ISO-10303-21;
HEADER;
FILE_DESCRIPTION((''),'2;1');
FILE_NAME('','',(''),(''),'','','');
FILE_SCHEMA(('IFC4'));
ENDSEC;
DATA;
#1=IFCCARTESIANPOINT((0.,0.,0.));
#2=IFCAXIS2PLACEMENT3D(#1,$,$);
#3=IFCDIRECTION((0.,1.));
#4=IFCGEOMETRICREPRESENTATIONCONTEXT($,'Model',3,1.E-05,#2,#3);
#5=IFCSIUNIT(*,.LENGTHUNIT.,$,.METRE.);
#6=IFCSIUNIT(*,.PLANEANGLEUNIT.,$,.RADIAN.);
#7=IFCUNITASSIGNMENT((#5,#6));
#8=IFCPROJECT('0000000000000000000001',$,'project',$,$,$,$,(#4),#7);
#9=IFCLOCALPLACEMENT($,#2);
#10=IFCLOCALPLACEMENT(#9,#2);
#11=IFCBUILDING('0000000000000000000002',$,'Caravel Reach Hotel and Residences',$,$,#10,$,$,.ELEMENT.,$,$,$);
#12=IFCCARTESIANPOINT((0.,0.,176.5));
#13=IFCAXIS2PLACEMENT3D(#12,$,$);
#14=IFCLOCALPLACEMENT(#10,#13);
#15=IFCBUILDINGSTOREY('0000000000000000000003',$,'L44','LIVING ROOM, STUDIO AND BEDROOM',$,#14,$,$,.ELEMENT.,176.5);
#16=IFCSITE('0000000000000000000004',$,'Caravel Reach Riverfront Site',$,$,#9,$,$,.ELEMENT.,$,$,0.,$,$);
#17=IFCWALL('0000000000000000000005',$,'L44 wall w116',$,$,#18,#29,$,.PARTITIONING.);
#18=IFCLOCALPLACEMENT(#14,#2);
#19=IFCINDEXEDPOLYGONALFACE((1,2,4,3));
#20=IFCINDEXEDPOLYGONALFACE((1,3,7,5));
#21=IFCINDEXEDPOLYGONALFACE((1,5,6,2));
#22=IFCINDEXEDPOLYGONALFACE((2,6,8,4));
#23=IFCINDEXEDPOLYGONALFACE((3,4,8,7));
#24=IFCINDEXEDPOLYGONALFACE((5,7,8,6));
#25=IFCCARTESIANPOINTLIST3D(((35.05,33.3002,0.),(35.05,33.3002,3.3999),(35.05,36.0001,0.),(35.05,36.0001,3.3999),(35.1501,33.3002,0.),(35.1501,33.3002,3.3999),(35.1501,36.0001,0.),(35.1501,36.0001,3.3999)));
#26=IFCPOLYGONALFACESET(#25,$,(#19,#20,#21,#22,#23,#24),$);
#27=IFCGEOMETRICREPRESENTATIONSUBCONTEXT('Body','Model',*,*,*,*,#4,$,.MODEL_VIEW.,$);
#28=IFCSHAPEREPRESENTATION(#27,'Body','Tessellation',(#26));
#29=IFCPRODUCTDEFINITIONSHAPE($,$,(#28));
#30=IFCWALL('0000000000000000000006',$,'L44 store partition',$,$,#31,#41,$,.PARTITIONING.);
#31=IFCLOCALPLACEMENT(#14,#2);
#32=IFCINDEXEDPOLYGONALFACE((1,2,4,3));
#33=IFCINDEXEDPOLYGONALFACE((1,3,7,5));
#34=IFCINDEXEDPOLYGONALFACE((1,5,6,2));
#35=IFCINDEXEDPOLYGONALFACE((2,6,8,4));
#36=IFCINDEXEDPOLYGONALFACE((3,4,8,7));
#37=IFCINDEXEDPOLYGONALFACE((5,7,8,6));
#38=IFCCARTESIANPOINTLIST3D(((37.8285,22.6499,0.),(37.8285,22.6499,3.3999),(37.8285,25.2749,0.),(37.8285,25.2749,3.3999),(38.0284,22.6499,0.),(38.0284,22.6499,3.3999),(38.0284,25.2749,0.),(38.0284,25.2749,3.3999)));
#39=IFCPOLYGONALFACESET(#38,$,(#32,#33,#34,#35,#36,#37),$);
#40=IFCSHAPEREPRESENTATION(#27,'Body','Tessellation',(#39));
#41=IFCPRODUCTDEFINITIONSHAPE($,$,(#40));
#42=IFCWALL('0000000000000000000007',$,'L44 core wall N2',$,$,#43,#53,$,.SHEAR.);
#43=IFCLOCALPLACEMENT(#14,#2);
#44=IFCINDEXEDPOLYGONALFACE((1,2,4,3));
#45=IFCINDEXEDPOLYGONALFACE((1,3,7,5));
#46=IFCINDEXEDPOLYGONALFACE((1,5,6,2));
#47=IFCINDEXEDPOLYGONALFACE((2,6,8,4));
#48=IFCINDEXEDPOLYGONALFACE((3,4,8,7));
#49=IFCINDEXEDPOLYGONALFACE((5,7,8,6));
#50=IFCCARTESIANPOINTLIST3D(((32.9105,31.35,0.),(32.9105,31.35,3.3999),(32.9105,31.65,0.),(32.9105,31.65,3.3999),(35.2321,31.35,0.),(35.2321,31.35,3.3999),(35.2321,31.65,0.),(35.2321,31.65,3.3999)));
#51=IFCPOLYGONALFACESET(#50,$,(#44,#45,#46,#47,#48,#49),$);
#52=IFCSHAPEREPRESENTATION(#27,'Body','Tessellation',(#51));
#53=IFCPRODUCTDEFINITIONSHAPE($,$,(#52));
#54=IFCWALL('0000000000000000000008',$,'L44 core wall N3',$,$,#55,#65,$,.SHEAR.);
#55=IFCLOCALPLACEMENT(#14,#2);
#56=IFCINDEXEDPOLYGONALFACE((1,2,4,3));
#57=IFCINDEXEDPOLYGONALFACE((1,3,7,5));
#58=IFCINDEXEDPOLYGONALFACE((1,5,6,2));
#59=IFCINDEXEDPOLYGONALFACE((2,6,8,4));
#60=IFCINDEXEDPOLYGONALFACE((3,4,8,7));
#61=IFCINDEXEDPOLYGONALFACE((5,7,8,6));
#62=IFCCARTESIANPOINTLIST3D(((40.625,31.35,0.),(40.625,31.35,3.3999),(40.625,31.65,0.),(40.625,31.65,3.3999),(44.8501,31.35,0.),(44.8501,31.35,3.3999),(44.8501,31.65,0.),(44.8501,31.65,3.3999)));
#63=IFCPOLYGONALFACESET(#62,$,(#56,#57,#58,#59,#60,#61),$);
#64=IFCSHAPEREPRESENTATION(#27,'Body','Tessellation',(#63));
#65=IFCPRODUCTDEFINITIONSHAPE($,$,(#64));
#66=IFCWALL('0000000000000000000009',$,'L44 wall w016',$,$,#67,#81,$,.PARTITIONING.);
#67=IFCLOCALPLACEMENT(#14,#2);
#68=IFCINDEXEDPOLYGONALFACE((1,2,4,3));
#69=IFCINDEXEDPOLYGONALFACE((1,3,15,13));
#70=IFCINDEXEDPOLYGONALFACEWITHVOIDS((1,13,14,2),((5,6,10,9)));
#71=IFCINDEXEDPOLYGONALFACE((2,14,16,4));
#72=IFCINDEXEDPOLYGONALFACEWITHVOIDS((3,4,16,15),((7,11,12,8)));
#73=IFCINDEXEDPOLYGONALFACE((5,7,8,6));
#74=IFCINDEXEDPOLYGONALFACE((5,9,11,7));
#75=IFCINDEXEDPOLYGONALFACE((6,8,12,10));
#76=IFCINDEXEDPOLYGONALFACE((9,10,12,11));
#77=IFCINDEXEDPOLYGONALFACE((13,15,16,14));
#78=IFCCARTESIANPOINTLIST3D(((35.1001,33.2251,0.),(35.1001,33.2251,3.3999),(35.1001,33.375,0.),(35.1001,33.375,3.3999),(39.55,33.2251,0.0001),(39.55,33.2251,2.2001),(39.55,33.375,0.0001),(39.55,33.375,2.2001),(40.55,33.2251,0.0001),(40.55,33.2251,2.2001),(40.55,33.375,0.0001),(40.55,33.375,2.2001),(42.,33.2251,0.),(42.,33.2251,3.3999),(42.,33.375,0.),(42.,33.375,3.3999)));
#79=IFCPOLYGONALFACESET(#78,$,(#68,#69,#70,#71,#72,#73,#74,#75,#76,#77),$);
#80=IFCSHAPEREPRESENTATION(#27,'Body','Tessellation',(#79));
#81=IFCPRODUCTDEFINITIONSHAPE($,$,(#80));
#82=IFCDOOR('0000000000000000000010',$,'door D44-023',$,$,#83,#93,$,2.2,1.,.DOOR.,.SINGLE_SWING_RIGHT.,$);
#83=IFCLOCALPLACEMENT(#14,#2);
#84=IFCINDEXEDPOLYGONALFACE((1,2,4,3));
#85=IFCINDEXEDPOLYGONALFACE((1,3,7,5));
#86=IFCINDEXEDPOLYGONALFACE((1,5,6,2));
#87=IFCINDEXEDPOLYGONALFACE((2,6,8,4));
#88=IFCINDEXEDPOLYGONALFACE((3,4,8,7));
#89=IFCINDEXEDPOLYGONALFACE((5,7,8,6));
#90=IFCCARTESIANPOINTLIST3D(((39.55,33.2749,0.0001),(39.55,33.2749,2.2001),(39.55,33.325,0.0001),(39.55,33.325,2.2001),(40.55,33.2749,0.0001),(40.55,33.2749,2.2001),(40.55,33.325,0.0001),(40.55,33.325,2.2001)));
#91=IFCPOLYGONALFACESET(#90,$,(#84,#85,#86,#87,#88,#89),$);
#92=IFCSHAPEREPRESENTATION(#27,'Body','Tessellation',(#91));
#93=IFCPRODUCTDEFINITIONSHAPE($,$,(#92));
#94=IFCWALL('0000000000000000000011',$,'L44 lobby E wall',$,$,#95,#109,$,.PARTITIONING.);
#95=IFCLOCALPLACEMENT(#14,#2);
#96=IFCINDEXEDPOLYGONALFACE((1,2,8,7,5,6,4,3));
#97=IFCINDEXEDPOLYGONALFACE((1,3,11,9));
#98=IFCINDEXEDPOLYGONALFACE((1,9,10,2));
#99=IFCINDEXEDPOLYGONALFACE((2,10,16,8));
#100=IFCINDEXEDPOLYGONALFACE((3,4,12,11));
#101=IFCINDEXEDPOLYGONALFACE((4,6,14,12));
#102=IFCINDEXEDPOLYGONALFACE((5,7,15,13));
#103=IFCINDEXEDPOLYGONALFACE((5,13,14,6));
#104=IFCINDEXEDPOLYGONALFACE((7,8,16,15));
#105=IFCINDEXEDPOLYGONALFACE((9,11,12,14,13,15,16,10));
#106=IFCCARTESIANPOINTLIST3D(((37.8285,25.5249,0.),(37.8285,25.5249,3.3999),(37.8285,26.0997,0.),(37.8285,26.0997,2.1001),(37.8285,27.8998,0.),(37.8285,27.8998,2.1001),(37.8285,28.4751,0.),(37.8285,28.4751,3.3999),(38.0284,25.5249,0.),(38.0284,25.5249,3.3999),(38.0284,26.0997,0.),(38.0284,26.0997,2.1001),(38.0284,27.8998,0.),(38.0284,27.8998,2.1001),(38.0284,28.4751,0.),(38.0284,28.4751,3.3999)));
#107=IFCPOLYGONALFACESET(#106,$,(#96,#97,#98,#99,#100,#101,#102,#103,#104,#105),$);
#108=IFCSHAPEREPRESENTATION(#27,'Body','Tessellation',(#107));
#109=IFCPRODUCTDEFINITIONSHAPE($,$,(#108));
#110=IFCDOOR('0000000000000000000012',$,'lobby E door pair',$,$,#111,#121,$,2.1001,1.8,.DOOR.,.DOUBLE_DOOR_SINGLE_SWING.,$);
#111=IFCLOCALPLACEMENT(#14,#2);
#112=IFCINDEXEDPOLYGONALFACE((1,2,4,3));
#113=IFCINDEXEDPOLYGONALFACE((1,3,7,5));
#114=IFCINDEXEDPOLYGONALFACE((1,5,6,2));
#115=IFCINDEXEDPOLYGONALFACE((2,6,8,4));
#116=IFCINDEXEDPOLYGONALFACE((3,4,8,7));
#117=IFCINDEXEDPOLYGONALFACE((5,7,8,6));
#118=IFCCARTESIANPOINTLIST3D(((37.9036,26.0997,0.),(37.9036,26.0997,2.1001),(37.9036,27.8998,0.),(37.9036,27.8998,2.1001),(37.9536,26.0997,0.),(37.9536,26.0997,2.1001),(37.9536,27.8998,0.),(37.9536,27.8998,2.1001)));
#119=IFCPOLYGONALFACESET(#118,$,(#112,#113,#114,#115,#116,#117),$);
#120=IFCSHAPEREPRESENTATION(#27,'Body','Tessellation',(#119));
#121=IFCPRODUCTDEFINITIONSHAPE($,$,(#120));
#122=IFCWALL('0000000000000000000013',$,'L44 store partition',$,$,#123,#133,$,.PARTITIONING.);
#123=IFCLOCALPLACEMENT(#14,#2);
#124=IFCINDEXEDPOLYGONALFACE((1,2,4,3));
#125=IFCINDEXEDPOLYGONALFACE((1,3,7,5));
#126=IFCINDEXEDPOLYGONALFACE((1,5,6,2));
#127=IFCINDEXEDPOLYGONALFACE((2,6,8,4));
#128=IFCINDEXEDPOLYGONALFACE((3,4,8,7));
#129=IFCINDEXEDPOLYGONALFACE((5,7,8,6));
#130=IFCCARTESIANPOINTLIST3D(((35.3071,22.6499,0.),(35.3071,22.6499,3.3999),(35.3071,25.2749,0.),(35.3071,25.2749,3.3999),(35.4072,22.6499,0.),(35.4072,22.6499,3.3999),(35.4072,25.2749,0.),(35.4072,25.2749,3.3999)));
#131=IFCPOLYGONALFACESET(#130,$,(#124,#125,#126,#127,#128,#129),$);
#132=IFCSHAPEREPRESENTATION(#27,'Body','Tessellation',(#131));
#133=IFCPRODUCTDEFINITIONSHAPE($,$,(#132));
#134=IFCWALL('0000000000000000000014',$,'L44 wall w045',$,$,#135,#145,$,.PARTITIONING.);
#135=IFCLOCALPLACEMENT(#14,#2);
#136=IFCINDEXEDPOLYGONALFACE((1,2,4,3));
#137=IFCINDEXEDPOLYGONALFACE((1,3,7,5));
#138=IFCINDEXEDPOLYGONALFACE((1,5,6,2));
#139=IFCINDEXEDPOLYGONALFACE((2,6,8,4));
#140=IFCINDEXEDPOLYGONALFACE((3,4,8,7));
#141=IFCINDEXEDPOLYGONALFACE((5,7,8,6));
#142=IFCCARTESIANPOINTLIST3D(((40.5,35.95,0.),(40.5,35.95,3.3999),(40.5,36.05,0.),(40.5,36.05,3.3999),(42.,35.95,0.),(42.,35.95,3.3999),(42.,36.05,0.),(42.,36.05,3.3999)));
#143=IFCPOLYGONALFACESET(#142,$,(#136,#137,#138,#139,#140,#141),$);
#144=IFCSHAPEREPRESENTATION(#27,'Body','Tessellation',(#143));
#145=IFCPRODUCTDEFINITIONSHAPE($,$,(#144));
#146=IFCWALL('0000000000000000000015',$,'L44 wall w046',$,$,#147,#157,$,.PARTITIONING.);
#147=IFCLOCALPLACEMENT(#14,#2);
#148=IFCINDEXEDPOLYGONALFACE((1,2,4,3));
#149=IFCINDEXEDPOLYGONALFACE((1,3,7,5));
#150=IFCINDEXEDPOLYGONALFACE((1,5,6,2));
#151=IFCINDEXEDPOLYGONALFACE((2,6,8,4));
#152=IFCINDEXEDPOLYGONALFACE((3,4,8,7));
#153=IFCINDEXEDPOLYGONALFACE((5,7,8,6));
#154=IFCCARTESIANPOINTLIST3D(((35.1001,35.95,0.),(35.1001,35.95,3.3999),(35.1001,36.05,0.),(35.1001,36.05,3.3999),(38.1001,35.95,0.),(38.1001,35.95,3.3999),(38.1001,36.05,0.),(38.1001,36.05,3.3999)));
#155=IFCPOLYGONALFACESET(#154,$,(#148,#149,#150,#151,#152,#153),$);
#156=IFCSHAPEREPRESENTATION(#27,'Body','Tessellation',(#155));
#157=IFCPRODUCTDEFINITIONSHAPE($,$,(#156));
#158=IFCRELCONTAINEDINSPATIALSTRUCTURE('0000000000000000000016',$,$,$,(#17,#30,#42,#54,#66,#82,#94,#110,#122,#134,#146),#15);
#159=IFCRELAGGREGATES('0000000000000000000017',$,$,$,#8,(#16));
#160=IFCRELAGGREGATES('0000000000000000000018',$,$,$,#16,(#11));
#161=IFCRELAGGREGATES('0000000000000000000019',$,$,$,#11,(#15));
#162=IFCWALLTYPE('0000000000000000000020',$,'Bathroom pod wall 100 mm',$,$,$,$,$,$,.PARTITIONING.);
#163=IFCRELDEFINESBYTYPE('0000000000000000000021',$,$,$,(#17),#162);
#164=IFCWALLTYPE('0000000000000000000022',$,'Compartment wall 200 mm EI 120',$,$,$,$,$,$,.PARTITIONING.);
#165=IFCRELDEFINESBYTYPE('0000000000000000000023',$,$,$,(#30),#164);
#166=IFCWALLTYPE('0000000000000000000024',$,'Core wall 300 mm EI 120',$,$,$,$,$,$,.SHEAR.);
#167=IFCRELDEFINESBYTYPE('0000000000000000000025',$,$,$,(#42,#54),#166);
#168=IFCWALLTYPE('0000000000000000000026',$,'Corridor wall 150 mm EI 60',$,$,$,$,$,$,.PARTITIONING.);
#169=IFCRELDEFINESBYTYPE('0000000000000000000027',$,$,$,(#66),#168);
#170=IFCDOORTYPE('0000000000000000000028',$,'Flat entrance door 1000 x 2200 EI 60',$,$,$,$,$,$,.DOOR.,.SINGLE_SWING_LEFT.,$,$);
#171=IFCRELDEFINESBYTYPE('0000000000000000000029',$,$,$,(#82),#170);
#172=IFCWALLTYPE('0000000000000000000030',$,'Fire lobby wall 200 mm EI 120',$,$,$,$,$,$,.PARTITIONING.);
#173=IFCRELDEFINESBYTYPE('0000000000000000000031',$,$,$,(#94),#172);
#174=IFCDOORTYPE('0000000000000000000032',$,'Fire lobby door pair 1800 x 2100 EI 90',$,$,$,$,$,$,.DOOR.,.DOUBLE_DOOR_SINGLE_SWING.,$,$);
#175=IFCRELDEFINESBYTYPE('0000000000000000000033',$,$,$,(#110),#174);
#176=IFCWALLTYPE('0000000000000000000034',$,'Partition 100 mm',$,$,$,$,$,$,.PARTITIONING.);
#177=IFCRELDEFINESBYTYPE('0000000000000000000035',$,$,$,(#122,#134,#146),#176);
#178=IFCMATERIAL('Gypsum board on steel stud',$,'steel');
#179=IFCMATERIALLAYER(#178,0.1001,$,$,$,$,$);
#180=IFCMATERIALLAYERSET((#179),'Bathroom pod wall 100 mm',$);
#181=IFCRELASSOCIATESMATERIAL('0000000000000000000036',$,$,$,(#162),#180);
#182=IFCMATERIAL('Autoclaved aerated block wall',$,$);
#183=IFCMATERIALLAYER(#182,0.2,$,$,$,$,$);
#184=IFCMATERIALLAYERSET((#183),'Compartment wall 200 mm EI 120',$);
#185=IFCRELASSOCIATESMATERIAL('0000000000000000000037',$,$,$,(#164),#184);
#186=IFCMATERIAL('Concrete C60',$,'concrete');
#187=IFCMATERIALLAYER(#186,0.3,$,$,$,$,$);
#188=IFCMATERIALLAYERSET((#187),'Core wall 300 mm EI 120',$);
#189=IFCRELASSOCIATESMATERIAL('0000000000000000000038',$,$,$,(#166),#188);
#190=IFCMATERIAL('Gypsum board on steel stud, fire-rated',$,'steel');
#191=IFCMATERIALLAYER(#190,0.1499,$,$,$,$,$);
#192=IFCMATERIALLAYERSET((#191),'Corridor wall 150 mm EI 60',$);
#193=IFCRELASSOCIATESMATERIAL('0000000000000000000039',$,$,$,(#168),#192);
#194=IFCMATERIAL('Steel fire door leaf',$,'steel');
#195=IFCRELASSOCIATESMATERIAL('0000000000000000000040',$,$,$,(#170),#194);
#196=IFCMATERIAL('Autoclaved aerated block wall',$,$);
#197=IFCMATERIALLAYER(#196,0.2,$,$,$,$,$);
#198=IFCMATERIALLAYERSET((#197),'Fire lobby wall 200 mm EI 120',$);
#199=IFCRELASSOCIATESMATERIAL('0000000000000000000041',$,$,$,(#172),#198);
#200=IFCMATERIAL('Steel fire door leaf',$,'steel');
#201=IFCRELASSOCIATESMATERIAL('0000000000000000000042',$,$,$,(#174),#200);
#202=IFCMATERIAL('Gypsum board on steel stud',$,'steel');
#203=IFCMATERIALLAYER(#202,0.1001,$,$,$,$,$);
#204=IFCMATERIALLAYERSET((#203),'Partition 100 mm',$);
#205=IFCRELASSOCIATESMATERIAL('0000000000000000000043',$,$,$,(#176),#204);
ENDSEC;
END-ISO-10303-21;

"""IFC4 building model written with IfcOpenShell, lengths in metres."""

from ifc_helpers import new_model, si_unit, direction, frame, frame_2d, origin, place, context, subcontext, project, spatial, rectangle, extrude, material, layer, layer_set, type_object, element, fill, save


model = new_model("IFC4")

# Units and contexts
model_context = context("Model", 3, precision=1e-05, world=origin(), true_north=direction((0.0, 1.0)))
body_context = subcontext(model_context, "Body", "Model", "MODEL_VIEW")
ifc_project = project(units=[si_unit("LENGTHUNIT", "METRE"), si_unit("PLANEANGLEUNIT", "RADIAN")], contexts=[model_context])

# Site, building, storey
site_placement = place(None, origin())
site = spatial("IfcSite", under=ifc_project, at=site_placement, Name="Caravel Reach Riverfront Site", CompositionType="ELEMENT", RefElevation=0.0)
building_placement = place(site_placement, origin())
building = spatial("IfcBuilding", under=site, at=building_placement, Name="Caravel Reach Hotel and Residences", CompositionType="ELEMENT")
storey_placement = place(building_placement, frame((0.0, 0.0, 176.5)))
storey = spatial("IfcBuildingStorey", under=building, at=storey_placement, Name="L44", Description="LIVING ROOM, STUDIO AND BEDROOM", CompositionType="ELEMENT", Elevation=176.5)

# Walls
ifc_material_1 = material(Name="Gypsum board on steel stud", Category="steel")
ifc_layer_1 = layer(ifc_material_1, 0.1001)
ifc_layer_set_1 = layer_set([ifc_layer_1], Name="Bathroom pod wall 100 mm")
wall_type_1 = type_object("IfcWallType", Name="Bathroom pod wall 100 mm", PredefinedType="PARTITIONING", material=ifc_layer_set_1)
wall_1_placement = place(storey_placement, frame((35.1001, 33.3, 0.0), z_axis=(0.0, 0.0, 1.0), x_axis=(0.0, 1.0, 0.0)))
element("IfcWall", 1, at=wall_1_placement, inside=storey, type_object=wall_type_1, Name="L44 wall w116", PredefinedType="PARTITIONING", context=body_context, shape_type="SweptSolid", body=[
    extrude(rectangle(XDim=2.7, YDim=0.1001, at=frame_2d((1.3501, 0.0))), origin(), (0.0, 0.0, 1.0), 3.3999),
])
ifc_material_2 = material(Name="Autoclaved aerated block wall")
ifc_layer_2 = layer(ifc_material_2, 0.2)
ifc_layer_set_2 = layer_set([ifc_layer_2], Name="Compartment wall 200 mm EI 120")
wall_type_2 = type_object("IfcWallType", Name="Compartment wall 200 mm EI 120", PredefinedType="PARTITIONING", material=ifc_layer_set_2)
wall_2_placement = place(storey_placement, frame((37.9285, 22.6499, 0.0), z_axis=(0.0, 0.0, 1.0), x_axis=(0.0, 1.0, 0.0)))
element("IfcWall", 2, at=wall_2_placement, inside=storey, type_object=wall_type_2, Name="L44 store partition", PredefinedType="PARTITIONING", context=body_context, shape_type="SweptSolid", body=[
    extrude(rectangle(XDim=2.625, YDim=0.2, at=frame_2d((1.3125, 0.0))), origin(), (0.0, 0.0, 1.0), 3.3999),
])
ifc_material_3 = material(Name="Concrete C60", Category="concrete")
ifc_layer_3 = layer(ifc_material_3, 0.3)
ifc_layer_set_3 = layer_set([ifc_layer_3], Name="Core wall 300 mm EI 120")
wall_type_3 = type_object("IfcWallType", Name="Core wall 300 mm EI 120", PredefinedType="SHEAR", material=ifc_layer_set_3)
wall_3_placement = place(storey_placement, frame((32.9106, 31.5, 0.0), z_axis=(0.0, 0.0, 1.0), x_axis=(1.0, 0.0, 0.0)))
element("IfcWall", 3, at=wall_3_placement, inside=storey, type_object=wall_type_3, Name="L44 core wall N2", PredefinedType="SHEAR", context=body_context, shape_type="SweptSolid", body=[
    extrude(rectangle(XDim=2.3215, YDim=0.3, at=frame_2d((1.1606, 0.0))), origin(), (0.0, 0.0, 1.0), 3.3999),
])
wall_4_placement = place(storey_placement, frame((40.625, 31.5, 0.0), z_axis=(0.0, 0.0, 1.0), x_axis=(1.0, 0.0, 0.0)))
element("IfcWall", 4, at=wall_4_placement, inside=storey, type_object=wall_type_3, Name="L44 core wall N3", PredefinedType="SHEAR", context=body_context, shape_type="SweptSolid", body=[
    extrude(rectangle(XDim=4.2251, YDim=0.3, at=frame_2d((2.1125, 0.0))), origin(), (0.0, 0.0, 1.0), 3.3999),
])

# Walls, openings, doors
ifc_material_4 = material(Name="Gypsum board on steel stud, fire-rated", Category="steel")
ifc_layer_4 = layer(ifc_material_4, 0.1499)
ifc_layer_set_4 = layer_set([ifc_layer_4], Name="Corridor wall 150 mm EI 60")
wall_type_4 = type_object("IfcWallType", Name="Corridor wall 150 mm EI 60", PredefinedType="PARTITIONING", material=ifc_layer_set_4)
wall_5_placement = place(storey_placement, frame((35.1001, 33.3, 0.0), z_axis=(0.0, 0.0, 1.0), x_axis=(1.0, 0.0, 0.0)))
wall_5 = element("IfcWall", 5, at=wall_5_placement, inside=storey, type_object=wall_type_4, Name="L44 wall w016", PredefinedType="PARTITIONING", context=body_context, shape_type="SweptSolid", body=[
    extrude(rectangle(XDim=6.8999, YDim=0.1499, at=frame_2d((3.45, 0.0))), origin(), (0.0, 0.0, 1.0), 3.3999),
])
opening_1_placement = place(wall_5_placement, frame((4.45, 0.0, 0.0)))
opening_1 = element("IfcOpeningElement", 6, at=opening_1_placement, cuts=wall_5, PredefinedType="OPENING", context=body_context, shape_type="SweptSolid", body=[
    extrude(rectangle(XDim=1.0, YDim=2.2, at=frame_2d((0.5, 1.1001))), frame((0.0, 0.085, 0.0), z_axis=(0.0, -1.0, 0.0), x_axis=(1.0, 0.0, 0.0)), (0.0, 0.0, 1.0), 0.1699),
])
ifc_material_5 = material(Name="Steel fire door leaf", Category="steel")
door_type_1 = type_object("IfcDoorType", Name="Flat entrance door 1000 x 2200 EI 60", OperationType="SINGLE_SWING_LEFT", PredefinedType="DOOR", material=ifc_material_5)
door_1_placement = place(opening_1_placement, origin())
door_1 = element("IfcDoor", 7, at=door_1_placement, inside=storey, type_object=door_type_1, Name="door D44-023", OperationType="SINGLE_SWING_RIGHT", OverallHeight=2.2, OverallWidth=1.0, PredefinedType="DOOR", context=body_context, shape_type="SweptSolid", body=[
    extrude(rectangle(XDim=1.0, YDim=2.2, at=frame_2d((0.5, 1.1001))), frame((0.0, 0.0249, 0.0), z_axis=(0.0, -1.0, 0.0), x_axis=(1.0, 0.0, 0.0)), (0.0, 0.0, 1.0), 0.05),
])
fill(opening_1, door_1)
ifc_material_6 = material(Name="Autoclaved aerated block wall")
ifc_layer_5 = layer(ifc_material_6, 0.2)
ifc_layer_set_5 = layer_set([ifc_layer_5], Name="Fire lobby wall 200 mm EI 120")
wall_type_5 = type_object("IfcWallType", Name="Fire lobby wall 200 mm EI 120", PredefinedType="PARTITIONING", material=ifc_layer_set_5)
wall_6_placement = place(storey_placement, frame((37.9285, 25.5249, 0.0), z_axis=(0.0, 0.0, 1.0), x_axis=(0.0, 1.0, 0.0)))
wall_6 = element("IfcWall", 8, at=wall_6_placement, inside=storey, type_object=wall_type_5, Name="L44 lobby E wall", PredefinedType="PARTITIONING", context=body_context, shape_type="SweptSolid", body=[
    extrude(rectangle(XDim=2.9502, YDim=0.2, at=frame_2d((1.4751, 0.0))), origin(), (0.0, 0.0, 1.0), 3.3999),
])
opening_2_placement = place(wall_6_placement, frame((0.575, 0.0, 0.0)))
opening_2 = element("IfcOpeningElement", 9, at=opening_2_placement, cuts=wall_6, PredefinedType="OPENING", context=body_context, shape_type="SweptSolid", body=[
    extrude(rectangle(XDim=1.8, YDim=2.1001, at=frame_2d((0.8999, 1.05))), frame((0.0, 0.1099, 0.0), z_axis=(0.0, -1.0, 0.0), x_axis=(1.0, 0.0, 0.0)), (0.0, 0.0, 1.0), 0.22),
])
ifc_material_7 = material(Name="Steel fire door leaf", Category="steel")
door_type_2 = type_object("IfcDoorType", Name="Fire lobby door pair 1800 x 2100 EI 90", OperationType="DOUBLE_DOOR_SINGLE_SWING", PredefinedType="DOOR", material=ifc_material_7)
door_2_placement = place(opening_2_placement, origin())
door_2 = element("IfcDoor", 10, at=door_2_placement, inside=storey, type_object=door_type_2, Name="lobby E door pair", OperationType="DOUBLE_DOOR_SINGLE_SWING", OverallHeight=2.1001, OverallWidth=1.8, PredefinedType="DOOR", context=body_context, shape_type="SweptSolid", body=[
    extrude(rectangle(XDim=1.8, YDim=2.1001, at=frame_2d((0.8999, 1.05))), frame((0.0, 0.0249, 0.0), z_axis=(0.0, -1.0, 0.0), x_axis=(1.0, 0.0, 0.0)), (0.0, 0.0, 1.0), 0.05),
])
fill(opening_2, door_2)

# Walls
ifc_material_8 = material(Name="Gypsum board on steel stud", Category="steel")
ifc_layer_6 = layer(ifc_material_8, 0.1001)
ifc_layer_set_6 = layer_set([ifc_layer_6], Name="Partition 100 mm")
wall_type_6 = type_object("IfcWallType", Name="Partition 100 mm", PredefinedType="PARTITIONING", material=ifc_layer_set_6)
wall_7_placement = place(storey_placement, frame((35.3572, 22.6499, 0.0), z_axis=(0.0, 0.0, 1.0), x_axis=(0.0, 1.0, 0.0)))
element("IfcWall", 11, at=wall_7_placement, inside=storey, type_object=wall_type_6, Name="L44 store partition", PredefinedType="PARTITIONING", context=body_context, shape_type="SweptSolid", body=[
    extrude(rectangle(XDim=2.625, YDim=0.1001, at=frame_2d((1.3125, 0.0))), origin(), (0.0, 0.0, 1.0), 3.3999),
])
wall_8_placement = place(storey_placement, frame((40.5, 36.0, 0.0), z_axis=(0.0, 0.0, 1.0), x_axis=(1.0, 0.0, 0.0)))
element("IfcWall", 12, at=wall_8_placement, inside=storey, type_object=wall_type_6, Name="L44 wall w045", PredefinedType="PARTITIONING", context=body_context, shape_type="SweptSolid", body=[
    extrude(rectangle(XDim=1.5, YDim=0.1001, at=frame_2d((0.75, 0.0))), origin(), (0.0, 0.0, 1.0), 3.3999),
])
wall_9_placement = place(storey_placement, frame((35.1001, 36.0, 0.0), z_axis=(0.0, 0.0, 1.0), x_axis=(1.0, 0.0, 0.0)))
element("IfcWall", 13, at=wall_9_placement, inside=storey, type_object=wall_type_6, Name="L44 wall w046", PredefinedType="PARTITIONING", context=body_context, shape_type="SweptSolid", body=[
    extrude(rectangle(XDim=3.0, YDim=0.1001, at=frame_2d((1.5, 0.0))), origin(), (0.0, 0.0, 1.0), 3.3999),
])

save(model, "model.ifc")
